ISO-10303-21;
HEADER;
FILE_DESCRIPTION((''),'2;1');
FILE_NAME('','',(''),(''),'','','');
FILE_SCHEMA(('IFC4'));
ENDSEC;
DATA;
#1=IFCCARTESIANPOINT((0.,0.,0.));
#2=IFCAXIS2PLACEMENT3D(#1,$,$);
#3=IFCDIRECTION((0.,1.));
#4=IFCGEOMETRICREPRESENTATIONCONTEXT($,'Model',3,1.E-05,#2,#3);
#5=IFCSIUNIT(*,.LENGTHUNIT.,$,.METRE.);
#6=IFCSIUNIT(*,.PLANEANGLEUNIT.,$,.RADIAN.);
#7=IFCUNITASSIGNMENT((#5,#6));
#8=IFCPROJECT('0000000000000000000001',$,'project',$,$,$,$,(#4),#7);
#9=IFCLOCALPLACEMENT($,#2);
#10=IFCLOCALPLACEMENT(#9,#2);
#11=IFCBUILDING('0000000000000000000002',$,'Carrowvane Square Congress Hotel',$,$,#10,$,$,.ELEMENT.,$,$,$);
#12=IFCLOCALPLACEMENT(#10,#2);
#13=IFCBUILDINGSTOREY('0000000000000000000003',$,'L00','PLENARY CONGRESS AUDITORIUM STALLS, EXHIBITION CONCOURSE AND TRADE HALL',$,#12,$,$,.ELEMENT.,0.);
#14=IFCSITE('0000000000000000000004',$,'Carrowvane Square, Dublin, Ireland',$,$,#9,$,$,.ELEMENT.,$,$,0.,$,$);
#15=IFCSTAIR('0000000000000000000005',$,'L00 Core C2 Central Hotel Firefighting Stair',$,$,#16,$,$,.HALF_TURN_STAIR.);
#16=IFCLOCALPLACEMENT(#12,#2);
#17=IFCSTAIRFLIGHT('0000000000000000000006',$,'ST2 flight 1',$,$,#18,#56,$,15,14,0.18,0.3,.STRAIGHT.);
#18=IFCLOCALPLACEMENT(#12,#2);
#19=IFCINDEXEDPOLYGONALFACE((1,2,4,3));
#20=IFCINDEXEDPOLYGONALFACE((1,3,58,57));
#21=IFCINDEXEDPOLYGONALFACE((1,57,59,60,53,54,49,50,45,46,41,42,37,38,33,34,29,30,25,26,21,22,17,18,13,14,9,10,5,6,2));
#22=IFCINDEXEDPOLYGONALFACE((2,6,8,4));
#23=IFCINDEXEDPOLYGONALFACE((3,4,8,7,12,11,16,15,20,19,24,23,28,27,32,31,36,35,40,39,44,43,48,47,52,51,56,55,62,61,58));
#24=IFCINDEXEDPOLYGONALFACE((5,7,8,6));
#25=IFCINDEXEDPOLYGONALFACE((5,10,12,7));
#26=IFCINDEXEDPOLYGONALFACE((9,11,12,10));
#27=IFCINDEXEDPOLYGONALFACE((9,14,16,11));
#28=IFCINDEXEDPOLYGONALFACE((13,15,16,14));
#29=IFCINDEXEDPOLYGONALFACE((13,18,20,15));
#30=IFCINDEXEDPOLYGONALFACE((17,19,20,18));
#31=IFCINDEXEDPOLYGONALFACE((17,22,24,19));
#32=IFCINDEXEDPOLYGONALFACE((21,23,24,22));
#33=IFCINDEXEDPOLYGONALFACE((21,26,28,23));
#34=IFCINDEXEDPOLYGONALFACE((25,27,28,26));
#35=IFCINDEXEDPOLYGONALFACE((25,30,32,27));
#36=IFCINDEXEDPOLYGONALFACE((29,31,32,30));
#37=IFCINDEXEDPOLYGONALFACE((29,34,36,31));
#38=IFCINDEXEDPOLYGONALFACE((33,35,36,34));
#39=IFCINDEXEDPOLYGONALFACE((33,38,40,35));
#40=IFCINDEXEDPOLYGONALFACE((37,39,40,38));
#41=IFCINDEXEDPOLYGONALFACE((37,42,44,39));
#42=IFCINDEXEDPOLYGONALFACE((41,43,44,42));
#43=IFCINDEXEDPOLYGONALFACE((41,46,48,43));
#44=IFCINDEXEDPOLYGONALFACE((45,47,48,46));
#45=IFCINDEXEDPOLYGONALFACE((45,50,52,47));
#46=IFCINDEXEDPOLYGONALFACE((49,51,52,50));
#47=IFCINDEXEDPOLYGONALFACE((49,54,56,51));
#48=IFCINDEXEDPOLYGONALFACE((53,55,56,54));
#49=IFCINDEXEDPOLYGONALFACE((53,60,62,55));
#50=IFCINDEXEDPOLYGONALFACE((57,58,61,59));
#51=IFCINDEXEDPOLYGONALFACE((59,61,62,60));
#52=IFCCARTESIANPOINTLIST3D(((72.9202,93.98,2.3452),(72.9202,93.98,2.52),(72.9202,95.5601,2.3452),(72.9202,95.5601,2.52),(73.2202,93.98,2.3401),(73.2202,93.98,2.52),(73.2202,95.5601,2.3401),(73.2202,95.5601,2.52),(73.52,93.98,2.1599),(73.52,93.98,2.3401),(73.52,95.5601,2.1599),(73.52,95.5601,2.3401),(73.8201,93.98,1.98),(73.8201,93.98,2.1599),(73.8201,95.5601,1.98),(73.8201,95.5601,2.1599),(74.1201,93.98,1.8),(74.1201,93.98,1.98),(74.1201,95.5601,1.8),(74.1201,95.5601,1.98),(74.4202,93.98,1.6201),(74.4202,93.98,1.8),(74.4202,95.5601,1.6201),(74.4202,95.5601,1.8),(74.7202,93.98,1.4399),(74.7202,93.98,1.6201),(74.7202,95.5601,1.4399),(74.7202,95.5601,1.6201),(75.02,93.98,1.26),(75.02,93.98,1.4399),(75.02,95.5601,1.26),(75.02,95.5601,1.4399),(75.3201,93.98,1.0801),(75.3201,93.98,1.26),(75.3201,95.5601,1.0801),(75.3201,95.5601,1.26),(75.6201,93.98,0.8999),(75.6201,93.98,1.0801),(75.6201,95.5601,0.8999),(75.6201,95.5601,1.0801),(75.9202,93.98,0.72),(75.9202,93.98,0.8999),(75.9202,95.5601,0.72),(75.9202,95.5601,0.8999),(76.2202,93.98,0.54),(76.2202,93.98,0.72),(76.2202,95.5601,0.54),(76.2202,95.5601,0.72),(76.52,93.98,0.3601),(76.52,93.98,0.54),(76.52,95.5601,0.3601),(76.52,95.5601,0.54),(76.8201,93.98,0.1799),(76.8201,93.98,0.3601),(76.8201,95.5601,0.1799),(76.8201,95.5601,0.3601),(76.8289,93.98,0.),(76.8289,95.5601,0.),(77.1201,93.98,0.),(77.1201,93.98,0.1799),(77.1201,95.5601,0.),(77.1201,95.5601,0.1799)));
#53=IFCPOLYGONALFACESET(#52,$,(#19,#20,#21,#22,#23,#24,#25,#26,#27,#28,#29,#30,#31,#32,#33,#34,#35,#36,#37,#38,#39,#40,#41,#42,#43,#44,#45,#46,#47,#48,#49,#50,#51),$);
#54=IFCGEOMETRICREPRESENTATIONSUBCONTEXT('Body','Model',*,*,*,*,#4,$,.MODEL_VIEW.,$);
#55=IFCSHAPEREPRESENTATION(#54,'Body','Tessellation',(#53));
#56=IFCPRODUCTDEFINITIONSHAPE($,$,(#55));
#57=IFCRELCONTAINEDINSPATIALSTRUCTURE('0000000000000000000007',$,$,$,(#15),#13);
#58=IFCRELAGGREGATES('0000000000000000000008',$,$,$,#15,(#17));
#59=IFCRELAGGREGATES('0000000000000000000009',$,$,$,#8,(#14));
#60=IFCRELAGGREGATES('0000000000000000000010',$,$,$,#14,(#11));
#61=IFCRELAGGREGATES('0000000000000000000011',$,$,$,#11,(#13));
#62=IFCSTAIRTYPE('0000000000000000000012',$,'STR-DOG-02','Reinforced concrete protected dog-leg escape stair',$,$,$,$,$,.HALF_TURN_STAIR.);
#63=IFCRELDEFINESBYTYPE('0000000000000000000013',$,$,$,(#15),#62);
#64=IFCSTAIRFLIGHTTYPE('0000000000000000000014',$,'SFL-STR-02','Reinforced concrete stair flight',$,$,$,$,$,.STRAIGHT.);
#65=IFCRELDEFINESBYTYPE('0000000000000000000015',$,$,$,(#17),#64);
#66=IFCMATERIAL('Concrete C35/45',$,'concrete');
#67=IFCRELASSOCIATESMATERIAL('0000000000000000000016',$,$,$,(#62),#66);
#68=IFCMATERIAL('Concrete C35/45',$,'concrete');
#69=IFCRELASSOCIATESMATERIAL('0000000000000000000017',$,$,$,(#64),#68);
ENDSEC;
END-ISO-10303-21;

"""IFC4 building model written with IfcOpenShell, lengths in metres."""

from ifc_helpers import new_model, si_unit, direction, frame, origin, place, context, subcontext, project, spatial, polyline, outline, extrude, material, type_object, element, aggregate, save


model = new_model("IFC4")

# Units and contexts
model_context = context("Model", 3, precision=1e-05, world=origin(), true_north=direction((0.0, 1.0)))
body_context = subcontext(model_context, "Body", "Model", "MODEL_VIEW")
ifc_project = project(units=[si_unit("LENGTHUNIT", "METRE"), si_unit("PLANEANGLEUNIT", "RADIAN")], contexts=[model_context])

# Site, building, storey
site_placement = place(None, origin())
site = spatial("IfcSite", under=ifc_project, at=site_placement, Name="Carrowvane Square, Dublin, Ireland", CompositionType="ELEMENT", RefElevation=0.0)
building_placement = place(site_placement, origin())
building = spatial("IfcBuilding", under=site, at=building_placement, Name="Carrowvane Square Congress Hotel", CompositionType="ELEMENT")
storey_placement = place(building_placement, origin())
storey = spatial("IfcBuildingStorey", under=building, at=storey_placement, Name="L00", Description="PLENARY CONGRESS AUDITORIUM STALLS, EXHIBITION CONCOURSE AND TRADE HALL", CompositionType="ELEMENT", Elevation=0.0)

# Stair, stair flight
ifc_material_1 = material(Name="Concrete C35/45", Category="concrete")
stair_type = type_object("IfcStairType", Name="STR-DOG-02", Description="Reinforced concrete protected dog-leg escape stair", PredefinedType="HALF_TURN_STAIR", material=ifc_material_1)
stair_placement = place(storey_placement, origin())
stair = element("IfcStair", 1, at=stair_placement, inside=storey, type_object=stair_type, Name="L00 Core C2 Central Hotel Firefighting Stair", PredefinedType="HALF_TURN_STAIR")
ifc_material_2 = material(Name="Concrete C35/45", Category="concrete")
stair_flight_type = type_object("IfcStairFlightType", Name="SFL-STR-02", Description="Reinforced concrete stair flight", PredefinedType="STRAIGHT", material=ifc_material_2)
stair_flight_placement = place(storey_placement, frame((77.1201, 94.77, 0.0), z_axis=(0.0, 0.0, 1.0), x_axis=(-1.0, 0.0, 0.0)))
stair_flight = element("IfcStairFlight", 2, at=stair_flight_placement, type_object=stair_flight_type, Name="ST2 flight 1", NumberOfRisers=15, NumberOfTreads=14, PredefinedType="STRAIGHT", RiserHeight=0.18, TreadLength=0.3, context=body_context, shape_type="SweptSolid", body=[
    extrude(outline(polyline([(0.0, 0.0), (0.0, 0.1799), (0.3, 0.1799), (0.3, 0.3601), (0.6001, 0.3601), (0.6001, 0.54), (0.8999, 0.54), (0.8999, 0.72), (1.2, 0.72), (1.2, 0.8999), (1.5, 0.8999), (1.5, 1.0801), (1.8, 1.0801), (1.8, 1.26), (2.1001, 1.26), (2.1001, 1.4399), (2.3999, 1.4399), (2.3999, 1.6201), (2.7, 1.6201), (2.7, 1.8), (3.0, 1.8), (3.0, 1.98), (3.3, 1.98), (3.3, 2.1599), (3.6001, 2.1599), (3.6001, 2.3401), (3.8999, 2.3401), (3.8999, 2.52), (4.2, 2.52), (4.2, 2.7), (4.2, 2.3452), (0.2913, 0.0), (0.0, 0.0)])), frame((0.0, 0.79, 0.0), z_axis=(0.0, -1.0, 0.0), x_axis=(1.0, 0.0, 0.0)), (0.0, 0.0, 1.0), 1.5801),
])
aggregate(stair, [stair_flight])

save(model, "model.ifc")
